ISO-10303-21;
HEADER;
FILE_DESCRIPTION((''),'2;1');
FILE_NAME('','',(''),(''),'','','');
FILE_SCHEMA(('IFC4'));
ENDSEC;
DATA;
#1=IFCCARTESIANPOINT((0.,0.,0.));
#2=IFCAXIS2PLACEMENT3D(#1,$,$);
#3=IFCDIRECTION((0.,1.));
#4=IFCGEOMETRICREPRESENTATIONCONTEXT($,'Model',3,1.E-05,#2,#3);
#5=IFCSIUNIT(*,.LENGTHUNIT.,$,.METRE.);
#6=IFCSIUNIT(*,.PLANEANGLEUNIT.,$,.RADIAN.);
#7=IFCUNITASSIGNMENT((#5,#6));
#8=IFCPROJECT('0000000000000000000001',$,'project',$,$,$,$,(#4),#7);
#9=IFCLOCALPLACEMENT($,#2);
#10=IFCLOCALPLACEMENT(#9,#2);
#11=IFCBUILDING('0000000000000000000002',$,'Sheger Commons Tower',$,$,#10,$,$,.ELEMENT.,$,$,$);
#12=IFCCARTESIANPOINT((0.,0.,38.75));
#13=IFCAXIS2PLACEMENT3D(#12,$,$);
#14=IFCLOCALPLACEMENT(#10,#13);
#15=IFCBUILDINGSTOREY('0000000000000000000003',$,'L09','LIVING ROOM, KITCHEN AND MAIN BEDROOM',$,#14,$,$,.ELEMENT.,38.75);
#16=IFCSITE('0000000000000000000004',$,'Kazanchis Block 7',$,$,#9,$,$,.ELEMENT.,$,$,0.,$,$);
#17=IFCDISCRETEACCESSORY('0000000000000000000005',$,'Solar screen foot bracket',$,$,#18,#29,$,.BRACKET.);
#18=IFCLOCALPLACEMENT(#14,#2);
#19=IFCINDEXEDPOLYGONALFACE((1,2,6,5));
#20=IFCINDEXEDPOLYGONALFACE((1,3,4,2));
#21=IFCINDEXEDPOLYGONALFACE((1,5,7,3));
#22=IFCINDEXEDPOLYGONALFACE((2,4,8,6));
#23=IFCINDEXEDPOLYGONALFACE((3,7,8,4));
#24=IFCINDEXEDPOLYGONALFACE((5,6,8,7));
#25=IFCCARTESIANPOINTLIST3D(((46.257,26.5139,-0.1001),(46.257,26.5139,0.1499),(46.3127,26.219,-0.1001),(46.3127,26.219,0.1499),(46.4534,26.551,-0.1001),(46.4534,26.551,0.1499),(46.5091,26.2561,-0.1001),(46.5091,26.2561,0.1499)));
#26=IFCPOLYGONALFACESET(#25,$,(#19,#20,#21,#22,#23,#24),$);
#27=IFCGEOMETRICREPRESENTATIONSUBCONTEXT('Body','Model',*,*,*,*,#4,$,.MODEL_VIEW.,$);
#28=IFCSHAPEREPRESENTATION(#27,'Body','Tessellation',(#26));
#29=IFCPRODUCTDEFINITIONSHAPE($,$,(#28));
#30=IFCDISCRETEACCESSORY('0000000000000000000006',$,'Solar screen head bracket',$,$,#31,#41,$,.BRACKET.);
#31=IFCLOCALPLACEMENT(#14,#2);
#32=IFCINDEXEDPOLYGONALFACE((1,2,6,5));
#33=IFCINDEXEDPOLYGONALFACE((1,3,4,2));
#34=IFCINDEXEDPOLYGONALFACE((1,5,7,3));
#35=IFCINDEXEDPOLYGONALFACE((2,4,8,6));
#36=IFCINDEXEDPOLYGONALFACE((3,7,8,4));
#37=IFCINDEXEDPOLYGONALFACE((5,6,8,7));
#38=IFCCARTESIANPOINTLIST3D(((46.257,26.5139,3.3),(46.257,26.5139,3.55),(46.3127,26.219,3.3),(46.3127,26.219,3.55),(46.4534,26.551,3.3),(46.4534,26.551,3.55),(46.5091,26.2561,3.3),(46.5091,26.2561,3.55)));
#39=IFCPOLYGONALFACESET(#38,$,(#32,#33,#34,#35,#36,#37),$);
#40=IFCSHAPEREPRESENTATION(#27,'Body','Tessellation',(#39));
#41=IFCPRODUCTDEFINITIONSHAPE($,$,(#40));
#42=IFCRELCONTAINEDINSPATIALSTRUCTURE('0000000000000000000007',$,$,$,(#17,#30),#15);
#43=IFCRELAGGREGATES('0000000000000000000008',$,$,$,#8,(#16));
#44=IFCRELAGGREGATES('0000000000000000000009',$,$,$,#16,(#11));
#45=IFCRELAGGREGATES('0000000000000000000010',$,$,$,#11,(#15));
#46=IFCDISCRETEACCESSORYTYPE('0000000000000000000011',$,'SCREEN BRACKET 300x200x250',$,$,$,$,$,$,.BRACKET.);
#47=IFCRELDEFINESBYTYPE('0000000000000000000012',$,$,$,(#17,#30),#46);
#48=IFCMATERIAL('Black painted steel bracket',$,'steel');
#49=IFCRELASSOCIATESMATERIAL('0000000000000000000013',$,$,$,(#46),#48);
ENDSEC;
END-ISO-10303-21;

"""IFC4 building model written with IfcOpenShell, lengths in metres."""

from ifc_helpers import new_model, si_unit, direction, frame, origin, origin_2d, place, context, subcontext, project, spatial, rectangle, extrude, material, type_object, element, save


model = new_model("IFC4")

# Units and contexts
model_context = context("Model", 3, precision=1e-05, world=origin(), true_north=direction((0.0, 1.0)))
body_context = subcontext(model_context, "Body", "Model", "MODEL_VIEW")
ifc_project = project(units=[si_unit("LENGTHUNIT", "METRE"), si_unit("PLANEANGLEUNIT", "RADIAN")], contexts=[model_context])

# Site, building, storey
site_placement = place(None, origin())
site = spatial("IfcSite", under=ifc_project, at=site_placement, Name="Kazanchis Block 7", CompositionType="ELEMENT", RefElevation=0.0)
building_placement = place(site_placement, origin())
building = spatial("IfcBuilding", under=site, at=building_placement, Name="Sheger Commons Tower", CompositionType="ELEMENT")
storey_placement = place(building_placement, frame((0.0, 0.0, 38.75)))
storey = spatial("IfcBuildingStorey", under=building, at=storey_placement, Name="L09", Description="LIVING ROOM, KITCHEN AND MAIN BEDROOM", CompositionType="ELEMENT", Elevation=38.75)

# Discrete accessories
ifc_material_1 = material(Name="Black painted steel bracket", Category="steel")
discrete_accessory_type = type_object("IfcDiscreteAccessoryType", Name="SCREEN BRACKET 300x200x250", PredefinedType="BRACKET", material=ifc_material_1)
for number, where, z_axis, x_axis, name in (
    (1, (46.3831, 26.385, -0.1001), (0.0, 0.0, 1.0), (-0.185615, 0.982623, 0.0), "Solar screen foot bracket"),
    (2, (46.3831, 26.385, 3.3), (0.0, 0.0, 1.0), (-0.185615, 0.982623, 0.0), "Solar screen head bracket"),
):
    element("IfcDiscreteAccessory", number, at=place(storey_placement, frame(where, z_axis=z_axis, x_axis=x_axis)), inside=storey, type_object=discrete_accessory_type, Name=name, PredefinedType="BRACKET", context=body_context, shape_type="SweptSolid", body=[
        extrude(rectangle(XDim=0.3, YDim=0.2, at=origin_2d()), origin(), (0.0, 0.0, 1.0), 0.25),
    ])

save(model, "model.ifc")
